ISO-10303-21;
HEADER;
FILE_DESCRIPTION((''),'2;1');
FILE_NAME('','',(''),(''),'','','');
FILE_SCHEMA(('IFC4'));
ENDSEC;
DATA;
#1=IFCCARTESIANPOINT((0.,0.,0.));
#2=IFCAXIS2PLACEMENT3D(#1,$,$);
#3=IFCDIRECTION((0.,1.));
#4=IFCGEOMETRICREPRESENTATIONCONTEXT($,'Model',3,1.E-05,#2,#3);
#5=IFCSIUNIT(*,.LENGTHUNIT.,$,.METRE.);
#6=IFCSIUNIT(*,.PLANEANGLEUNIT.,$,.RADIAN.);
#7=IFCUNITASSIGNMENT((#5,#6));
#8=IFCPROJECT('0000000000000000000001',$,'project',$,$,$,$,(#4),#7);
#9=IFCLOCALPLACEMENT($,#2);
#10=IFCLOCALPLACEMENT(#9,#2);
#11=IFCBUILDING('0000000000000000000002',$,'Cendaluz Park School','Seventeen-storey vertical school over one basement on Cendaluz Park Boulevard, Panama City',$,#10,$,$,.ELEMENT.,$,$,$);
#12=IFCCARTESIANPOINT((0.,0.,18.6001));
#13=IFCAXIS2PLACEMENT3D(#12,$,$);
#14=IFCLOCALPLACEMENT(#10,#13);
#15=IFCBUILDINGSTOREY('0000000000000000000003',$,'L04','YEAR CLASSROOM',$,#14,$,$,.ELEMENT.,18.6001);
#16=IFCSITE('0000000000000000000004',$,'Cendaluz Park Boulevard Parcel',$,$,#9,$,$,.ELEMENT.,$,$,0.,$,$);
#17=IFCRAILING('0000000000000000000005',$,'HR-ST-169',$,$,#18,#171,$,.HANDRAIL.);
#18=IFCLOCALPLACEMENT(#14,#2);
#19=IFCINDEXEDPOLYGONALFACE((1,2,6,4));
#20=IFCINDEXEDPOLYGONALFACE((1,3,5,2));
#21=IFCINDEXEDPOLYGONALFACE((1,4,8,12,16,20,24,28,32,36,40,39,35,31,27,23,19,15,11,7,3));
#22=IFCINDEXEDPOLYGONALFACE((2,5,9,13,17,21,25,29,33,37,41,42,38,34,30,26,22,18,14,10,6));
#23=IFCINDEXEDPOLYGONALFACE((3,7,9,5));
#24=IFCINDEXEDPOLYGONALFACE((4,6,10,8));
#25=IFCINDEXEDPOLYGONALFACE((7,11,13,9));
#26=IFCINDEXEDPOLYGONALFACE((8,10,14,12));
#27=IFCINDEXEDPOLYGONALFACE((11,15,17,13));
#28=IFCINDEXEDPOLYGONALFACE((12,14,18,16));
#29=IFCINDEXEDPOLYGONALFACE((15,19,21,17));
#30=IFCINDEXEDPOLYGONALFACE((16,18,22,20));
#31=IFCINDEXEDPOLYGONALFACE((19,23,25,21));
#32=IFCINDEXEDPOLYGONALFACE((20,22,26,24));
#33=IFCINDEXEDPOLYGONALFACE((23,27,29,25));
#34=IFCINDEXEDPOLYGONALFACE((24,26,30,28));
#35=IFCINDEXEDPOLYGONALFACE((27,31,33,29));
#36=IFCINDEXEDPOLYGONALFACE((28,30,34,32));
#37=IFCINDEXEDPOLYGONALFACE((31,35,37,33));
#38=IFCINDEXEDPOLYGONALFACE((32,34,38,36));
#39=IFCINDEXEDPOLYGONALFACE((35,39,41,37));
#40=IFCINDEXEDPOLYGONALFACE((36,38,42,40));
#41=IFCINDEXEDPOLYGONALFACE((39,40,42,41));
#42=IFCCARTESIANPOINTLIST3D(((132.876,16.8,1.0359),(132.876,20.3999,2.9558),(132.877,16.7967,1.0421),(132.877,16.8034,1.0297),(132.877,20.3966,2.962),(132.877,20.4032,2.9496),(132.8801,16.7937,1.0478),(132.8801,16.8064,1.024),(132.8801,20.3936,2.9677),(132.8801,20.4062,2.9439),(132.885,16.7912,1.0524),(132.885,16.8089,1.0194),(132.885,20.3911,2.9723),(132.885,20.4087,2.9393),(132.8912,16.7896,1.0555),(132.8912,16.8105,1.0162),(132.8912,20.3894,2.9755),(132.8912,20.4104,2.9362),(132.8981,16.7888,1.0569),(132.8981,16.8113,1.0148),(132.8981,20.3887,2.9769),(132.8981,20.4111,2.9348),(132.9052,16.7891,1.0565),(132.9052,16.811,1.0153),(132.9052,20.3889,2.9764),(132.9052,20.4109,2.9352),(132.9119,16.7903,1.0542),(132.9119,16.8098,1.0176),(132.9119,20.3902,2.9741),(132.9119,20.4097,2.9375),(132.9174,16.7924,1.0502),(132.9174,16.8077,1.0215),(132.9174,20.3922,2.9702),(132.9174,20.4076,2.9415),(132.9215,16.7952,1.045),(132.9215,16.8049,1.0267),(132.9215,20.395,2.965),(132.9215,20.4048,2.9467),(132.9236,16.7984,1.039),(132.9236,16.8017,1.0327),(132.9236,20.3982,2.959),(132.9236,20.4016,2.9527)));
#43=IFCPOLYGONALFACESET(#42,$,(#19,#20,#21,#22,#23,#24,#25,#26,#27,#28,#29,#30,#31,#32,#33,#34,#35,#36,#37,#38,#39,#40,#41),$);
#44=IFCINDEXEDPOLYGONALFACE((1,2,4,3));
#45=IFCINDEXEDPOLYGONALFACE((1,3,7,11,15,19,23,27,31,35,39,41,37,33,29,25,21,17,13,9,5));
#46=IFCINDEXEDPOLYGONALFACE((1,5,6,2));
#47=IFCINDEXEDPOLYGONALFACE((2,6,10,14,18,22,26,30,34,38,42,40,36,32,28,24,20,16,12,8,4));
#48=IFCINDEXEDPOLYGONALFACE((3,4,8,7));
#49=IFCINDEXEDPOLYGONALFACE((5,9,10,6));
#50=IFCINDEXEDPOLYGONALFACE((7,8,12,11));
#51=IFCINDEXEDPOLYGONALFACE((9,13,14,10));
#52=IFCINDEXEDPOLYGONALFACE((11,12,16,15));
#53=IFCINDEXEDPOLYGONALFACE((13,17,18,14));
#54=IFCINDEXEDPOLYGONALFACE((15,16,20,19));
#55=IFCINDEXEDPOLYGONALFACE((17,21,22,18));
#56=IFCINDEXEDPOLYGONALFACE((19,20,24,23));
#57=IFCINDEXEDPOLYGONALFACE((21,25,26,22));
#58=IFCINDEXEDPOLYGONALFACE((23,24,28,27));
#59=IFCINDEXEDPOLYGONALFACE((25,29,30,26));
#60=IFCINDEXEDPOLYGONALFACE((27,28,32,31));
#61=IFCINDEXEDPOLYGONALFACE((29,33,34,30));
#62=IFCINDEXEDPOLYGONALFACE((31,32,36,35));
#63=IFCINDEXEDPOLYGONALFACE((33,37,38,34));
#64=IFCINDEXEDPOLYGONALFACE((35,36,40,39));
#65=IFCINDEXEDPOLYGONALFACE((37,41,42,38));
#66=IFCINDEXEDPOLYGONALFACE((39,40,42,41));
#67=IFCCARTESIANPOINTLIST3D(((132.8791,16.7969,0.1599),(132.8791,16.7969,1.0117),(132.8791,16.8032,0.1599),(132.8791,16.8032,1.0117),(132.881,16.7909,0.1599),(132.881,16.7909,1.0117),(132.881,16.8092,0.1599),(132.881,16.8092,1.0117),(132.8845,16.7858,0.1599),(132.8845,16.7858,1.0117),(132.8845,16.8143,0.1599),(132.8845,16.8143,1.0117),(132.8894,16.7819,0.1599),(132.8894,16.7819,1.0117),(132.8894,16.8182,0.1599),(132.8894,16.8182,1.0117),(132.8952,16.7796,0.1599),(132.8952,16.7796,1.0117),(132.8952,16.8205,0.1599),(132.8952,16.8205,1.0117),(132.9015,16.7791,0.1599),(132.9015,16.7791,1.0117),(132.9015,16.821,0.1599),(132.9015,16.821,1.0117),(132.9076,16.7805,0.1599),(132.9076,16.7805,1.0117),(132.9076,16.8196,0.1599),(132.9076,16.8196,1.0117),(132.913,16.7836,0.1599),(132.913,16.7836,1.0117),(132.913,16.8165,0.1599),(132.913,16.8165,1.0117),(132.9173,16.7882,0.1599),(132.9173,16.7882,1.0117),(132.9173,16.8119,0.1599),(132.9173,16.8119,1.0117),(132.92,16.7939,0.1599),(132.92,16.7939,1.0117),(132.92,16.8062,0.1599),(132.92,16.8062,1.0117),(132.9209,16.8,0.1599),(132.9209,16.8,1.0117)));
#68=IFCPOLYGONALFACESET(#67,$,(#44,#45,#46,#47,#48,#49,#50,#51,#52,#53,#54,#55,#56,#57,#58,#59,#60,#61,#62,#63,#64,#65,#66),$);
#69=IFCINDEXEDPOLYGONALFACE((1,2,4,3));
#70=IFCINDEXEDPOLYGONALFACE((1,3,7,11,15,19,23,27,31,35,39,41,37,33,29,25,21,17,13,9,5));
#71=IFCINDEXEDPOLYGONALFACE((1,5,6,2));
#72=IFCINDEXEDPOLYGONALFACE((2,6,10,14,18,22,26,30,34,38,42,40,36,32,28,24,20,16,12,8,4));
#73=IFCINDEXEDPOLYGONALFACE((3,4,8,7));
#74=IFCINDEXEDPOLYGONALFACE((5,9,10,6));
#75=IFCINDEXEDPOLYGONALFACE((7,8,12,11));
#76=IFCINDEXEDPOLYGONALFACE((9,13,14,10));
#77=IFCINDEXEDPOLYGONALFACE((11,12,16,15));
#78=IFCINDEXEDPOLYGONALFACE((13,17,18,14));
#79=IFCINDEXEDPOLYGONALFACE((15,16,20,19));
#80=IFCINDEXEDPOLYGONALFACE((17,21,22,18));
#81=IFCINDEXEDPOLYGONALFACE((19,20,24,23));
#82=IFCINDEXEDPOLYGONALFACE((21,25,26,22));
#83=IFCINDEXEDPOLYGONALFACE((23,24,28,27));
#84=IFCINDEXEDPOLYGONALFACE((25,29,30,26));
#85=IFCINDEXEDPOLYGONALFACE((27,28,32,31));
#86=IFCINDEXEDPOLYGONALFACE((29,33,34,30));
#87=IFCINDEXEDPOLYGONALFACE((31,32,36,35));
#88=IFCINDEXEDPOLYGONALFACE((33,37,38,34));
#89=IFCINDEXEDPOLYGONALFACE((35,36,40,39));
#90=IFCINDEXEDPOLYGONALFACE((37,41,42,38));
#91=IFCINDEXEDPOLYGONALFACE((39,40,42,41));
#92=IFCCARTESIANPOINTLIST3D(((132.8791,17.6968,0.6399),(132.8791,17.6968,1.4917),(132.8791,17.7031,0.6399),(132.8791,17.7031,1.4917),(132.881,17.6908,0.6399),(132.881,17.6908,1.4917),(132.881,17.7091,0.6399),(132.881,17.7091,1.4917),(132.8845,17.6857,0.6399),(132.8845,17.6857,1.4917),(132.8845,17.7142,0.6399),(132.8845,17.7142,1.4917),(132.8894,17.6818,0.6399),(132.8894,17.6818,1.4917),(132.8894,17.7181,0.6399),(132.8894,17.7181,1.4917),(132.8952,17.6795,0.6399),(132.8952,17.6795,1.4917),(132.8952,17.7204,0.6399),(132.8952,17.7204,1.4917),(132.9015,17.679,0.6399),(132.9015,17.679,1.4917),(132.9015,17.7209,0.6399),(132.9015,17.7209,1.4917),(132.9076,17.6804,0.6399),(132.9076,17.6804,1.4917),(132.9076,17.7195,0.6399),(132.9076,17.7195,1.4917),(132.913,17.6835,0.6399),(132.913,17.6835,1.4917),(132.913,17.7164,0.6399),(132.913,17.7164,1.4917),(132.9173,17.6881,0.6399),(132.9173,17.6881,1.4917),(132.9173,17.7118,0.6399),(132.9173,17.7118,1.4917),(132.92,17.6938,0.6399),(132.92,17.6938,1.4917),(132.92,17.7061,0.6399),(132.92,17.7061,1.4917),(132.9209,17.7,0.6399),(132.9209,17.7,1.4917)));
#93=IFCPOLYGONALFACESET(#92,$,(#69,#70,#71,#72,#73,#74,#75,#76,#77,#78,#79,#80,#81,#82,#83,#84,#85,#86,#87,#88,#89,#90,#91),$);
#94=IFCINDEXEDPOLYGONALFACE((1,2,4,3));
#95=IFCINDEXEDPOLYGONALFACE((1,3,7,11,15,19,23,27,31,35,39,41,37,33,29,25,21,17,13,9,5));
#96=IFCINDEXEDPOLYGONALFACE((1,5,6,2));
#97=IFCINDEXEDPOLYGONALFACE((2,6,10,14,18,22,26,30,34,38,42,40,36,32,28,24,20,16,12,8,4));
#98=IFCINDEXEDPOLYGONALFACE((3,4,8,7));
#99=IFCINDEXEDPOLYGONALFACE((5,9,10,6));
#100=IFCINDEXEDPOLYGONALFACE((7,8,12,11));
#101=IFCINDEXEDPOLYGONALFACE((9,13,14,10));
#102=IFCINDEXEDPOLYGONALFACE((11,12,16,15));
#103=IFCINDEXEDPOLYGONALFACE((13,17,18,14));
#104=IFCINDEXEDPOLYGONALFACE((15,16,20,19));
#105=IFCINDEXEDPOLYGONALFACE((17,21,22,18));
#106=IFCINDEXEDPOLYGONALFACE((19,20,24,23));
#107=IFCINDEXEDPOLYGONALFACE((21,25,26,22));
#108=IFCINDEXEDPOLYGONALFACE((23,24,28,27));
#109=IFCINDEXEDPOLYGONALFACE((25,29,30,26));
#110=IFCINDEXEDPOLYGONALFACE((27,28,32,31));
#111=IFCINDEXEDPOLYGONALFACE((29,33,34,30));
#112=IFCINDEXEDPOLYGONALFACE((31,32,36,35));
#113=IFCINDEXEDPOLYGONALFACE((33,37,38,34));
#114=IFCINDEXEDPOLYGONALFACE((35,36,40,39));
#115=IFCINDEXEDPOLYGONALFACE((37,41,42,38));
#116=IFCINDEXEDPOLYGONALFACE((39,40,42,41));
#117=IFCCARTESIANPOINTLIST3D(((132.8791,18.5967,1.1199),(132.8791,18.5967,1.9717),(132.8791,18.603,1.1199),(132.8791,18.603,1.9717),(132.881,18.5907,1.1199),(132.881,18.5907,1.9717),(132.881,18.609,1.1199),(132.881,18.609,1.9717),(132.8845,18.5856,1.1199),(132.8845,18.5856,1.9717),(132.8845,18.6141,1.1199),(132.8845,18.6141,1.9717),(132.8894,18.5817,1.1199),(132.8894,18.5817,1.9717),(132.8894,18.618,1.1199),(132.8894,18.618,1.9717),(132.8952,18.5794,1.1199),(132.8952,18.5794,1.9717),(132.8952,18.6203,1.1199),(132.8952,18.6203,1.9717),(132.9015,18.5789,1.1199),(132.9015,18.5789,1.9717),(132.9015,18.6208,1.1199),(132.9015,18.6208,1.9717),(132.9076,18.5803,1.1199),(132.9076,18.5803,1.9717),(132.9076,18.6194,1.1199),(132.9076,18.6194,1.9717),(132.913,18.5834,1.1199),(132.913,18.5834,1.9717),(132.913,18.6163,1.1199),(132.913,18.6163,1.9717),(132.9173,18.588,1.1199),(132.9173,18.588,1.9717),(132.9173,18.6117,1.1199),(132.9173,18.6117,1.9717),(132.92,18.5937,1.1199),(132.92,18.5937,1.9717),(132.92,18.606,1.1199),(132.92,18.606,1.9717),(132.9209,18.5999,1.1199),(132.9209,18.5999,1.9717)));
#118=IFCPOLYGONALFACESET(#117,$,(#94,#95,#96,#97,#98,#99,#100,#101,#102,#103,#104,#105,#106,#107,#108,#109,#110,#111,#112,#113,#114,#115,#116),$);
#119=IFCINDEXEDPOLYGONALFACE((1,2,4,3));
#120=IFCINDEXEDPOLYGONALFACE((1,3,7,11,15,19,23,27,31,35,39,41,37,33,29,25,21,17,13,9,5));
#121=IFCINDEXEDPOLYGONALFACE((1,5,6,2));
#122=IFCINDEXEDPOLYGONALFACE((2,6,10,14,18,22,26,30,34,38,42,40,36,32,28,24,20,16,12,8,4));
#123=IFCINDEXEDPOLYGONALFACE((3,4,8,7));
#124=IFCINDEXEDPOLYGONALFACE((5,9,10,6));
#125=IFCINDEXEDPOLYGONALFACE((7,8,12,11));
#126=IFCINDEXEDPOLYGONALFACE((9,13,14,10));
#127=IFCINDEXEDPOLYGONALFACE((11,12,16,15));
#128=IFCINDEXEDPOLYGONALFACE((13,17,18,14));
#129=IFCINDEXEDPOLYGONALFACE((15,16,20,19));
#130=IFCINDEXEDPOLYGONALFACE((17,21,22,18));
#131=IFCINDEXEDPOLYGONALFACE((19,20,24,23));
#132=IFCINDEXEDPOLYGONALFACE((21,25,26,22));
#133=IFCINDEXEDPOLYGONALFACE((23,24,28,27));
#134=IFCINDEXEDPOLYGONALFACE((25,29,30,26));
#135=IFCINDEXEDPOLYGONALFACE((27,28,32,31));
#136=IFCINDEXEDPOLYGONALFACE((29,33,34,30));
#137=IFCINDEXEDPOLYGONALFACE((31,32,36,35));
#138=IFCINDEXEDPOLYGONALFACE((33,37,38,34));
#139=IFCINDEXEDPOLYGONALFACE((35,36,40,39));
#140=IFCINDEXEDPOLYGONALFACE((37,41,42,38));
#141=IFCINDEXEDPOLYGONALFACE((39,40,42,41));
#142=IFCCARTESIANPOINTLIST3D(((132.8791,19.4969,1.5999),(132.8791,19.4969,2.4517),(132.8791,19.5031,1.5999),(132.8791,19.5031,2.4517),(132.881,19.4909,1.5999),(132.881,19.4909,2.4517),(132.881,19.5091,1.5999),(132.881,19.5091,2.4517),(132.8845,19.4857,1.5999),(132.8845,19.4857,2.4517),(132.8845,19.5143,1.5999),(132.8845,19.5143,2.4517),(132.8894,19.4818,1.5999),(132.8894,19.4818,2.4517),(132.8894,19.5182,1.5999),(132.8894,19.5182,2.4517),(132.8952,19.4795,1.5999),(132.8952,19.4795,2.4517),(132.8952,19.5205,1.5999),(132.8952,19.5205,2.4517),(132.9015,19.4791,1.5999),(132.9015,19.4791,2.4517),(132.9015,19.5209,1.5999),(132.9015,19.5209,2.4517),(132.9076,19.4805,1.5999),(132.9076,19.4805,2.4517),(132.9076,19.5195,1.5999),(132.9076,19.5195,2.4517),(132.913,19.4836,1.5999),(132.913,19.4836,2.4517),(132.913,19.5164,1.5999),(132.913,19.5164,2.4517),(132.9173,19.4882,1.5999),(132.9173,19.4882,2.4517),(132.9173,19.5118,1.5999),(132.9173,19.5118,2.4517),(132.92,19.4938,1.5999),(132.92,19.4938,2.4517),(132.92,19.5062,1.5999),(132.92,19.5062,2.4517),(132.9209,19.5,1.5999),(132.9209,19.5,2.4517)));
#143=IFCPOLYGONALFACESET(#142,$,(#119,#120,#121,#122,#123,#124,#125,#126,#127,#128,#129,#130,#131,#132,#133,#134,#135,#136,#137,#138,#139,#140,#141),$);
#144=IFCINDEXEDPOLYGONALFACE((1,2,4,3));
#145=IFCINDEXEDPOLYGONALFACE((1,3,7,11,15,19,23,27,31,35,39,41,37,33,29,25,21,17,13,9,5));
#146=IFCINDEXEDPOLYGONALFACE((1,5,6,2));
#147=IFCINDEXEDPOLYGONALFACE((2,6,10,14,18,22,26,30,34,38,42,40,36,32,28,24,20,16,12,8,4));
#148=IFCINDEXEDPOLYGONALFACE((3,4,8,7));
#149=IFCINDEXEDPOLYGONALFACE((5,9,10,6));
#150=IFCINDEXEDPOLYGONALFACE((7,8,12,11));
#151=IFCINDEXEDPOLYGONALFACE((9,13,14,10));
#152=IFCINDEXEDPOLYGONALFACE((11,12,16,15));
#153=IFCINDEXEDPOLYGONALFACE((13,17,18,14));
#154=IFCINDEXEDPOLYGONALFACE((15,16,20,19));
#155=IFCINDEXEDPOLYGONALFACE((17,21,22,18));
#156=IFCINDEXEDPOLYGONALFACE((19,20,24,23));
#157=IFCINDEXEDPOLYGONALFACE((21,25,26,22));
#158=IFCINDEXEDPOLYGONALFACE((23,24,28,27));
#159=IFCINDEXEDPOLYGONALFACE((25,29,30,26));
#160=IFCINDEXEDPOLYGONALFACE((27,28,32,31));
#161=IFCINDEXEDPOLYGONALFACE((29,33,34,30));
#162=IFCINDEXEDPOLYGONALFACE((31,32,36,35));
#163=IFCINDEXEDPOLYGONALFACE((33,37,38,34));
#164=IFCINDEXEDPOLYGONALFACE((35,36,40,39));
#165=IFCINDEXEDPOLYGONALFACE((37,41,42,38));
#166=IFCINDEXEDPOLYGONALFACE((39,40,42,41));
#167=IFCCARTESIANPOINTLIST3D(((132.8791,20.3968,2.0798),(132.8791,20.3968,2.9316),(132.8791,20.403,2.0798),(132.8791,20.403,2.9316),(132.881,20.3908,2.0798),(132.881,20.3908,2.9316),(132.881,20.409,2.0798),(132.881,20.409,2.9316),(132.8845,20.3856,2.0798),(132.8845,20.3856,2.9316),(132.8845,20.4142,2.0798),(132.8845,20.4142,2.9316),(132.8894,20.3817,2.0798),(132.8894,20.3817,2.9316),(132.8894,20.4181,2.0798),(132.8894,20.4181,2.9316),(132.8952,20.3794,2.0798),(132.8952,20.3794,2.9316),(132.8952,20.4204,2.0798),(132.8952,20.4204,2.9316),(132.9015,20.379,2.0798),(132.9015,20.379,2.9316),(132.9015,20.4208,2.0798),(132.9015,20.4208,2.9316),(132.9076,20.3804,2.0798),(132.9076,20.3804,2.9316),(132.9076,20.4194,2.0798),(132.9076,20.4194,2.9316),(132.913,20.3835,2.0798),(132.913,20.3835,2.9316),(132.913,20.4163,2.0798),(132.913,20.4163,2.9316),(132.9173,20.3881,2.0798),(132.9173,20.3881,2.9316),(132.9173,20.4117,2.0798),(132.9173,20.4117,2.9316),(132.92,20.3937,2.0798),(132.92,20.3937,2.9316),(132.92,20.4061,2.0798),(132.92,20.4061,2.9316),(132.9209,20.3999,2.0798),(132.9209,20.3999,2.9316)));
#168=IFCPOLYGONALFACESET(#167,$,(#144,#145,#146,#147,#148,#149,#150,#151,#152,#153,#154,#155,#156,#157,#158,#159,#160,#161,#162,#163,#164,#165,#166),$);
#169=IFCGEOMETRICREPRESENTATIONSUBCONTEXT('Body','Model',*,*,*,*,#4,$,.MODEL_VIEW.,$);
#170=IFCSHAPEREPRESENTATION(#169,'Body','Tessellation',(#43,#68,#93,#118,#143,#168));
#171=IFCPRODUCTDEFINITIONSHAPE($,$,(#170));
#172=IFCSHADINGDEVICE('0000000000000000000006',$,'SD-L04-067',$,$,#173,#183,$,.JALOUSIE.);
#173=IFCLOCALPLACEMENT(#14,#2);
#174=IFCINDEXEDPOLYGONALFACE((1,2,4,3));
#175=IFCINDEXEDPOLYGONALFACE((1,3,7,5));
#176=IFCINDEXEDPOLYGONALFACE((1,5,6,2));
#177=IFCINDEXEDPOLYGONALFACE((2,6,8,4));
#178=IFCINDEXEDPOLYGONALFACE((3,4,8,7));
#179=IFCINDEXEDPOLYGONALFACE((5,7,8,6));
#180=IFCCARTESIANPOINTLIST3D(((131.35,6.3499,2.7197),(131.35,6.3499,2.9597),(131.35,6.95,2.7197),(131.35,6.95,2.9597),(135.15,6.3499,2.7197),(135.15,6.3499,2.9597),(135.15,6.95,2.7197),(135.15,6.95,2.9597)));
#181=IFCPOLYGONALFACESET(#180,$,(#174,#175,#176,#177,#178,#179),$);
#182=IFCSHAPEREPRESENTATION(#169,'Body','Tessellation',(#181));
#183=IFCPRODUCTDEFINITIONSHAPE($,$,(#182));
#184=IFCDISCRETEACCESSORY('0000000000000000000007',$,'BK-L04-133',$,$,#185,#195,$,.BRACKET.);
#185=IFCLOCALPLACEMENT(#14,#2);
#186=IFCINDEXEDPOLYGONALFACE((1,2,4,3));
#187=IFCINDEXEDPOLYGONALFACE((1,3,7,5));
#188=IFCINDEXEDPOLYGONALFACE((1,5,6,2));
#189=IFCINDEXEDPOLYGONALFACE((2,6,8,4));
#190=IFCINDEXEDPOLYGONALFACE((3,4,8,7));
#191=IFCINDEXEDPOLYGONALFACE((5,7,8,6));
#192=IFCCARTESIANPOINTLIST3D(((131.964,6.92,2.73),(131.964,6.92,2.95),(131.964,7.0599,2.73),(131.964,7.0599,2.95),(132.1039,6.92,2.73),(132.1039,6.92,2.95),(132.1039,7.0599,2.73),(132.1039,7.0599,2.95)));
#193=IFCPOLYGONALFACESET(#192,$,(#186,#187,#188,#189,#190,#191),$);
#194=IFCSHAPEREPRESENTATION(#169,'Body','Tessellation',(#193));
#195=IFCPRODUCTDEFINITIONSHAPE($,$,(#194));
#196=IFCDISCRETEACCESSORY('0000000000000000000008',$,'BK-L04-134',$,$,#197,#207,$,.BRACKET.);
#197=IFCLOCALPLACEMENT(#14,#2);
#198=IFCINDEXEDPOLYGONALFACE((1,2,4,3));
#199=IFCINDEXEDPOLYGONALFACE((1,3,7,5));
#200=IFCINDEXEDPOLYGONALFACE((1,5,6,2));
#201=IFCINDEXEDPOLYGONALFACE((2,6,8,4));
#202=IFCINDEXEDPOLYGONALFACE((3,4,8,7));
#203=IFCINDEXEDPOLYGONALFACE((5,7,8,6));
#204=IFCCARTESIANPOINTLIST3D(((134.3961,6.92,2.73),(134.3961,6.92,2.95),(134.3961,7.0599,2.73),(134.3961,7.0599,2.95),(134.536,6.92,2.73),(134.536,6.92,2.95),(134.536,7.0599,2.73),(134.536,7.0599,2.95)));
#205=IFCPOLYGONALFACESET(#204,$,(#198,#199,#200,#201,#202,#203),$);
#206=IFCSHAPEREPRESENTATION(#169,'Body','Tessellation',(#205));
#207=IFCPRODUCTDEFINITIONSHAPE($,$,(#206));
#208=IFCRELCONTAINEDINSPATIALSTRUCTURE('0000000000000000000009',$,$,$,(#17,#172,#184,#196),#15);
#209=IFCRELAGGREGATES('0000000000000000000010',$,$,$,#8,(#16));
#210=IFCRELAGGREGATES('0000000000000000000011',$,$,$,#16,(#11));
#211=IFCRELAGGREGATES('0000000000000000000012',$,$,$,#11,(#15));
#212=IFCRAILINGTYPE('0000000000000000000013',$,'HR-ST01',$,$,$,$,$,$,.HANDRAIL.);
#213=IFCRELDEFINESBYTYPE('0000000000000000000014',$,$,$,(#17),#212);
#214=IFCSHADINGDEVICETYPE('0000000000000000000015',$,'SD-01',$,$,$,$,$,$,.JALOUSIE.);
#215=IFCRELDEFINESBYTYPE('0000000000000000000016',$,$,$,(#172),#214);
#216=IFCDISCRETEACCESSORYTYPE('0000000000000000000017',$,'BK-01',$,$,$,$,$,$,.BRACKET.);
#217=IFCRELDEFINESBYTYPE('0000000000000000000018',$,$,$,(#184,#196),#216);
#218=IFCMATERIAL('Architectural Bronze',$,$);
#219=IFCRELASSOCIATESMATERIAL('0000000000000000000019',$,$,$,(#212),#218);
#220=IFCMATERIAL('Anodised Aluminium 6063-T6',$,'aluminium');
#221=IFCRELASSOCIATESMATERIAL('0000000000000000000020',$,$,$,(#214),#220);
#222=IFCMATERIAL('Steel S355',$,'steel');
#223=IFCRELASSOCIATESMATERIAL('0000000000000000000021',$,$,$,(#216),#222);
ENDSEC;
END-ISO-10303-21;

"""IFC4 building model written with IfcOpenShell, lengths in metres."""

from ifc_helpers import new_model, si_unit, direction, frame, origin, origin_2d, place, context, subcontext, project, spatial, rectangle, circle, extrude, material, type_object, element, save


model = new_model("IFC4")

# Units and contexts
model_context = context("Model", 3, precision=1e-05, world=origin(), true_north=direction((0.0, 1.0)))
body_context = subcontext(model_context, "Body", "Model", "MODEL_VIEW")
ifc_project = project(units=[si_unit("LENGTHUNIT", "METRE"), si_unit("PLANEANGLEUNIT", "RADIAN")], contexts=[model_context])

# Site, building, storey
site_placement = place(None, origin())
site = spatial("IfcSite", under=ifc_project, at=site_placement, Name="Cendaluz Park Boulevard Parcel", CompositionType="ELEMENT", RefElevation=0.0)
building_placement = place(site_placement, origin())
building = spatial("IfcBuilding", under=site, at=building_placement, Name="Cendaluz Park School", Description="Seventeen-storey vertical school over one basement on Cendaluz Park Boulevard, Panama City", CompositionType="ELEMENT")
storey_placement = place(building_placement, frame((0.0, 0.0, 18.6001)))
storey = spatial("IfcBuildingStorey", under=building, at=storey_placement, Name="L04", Description="YEAR CLASSROOM", CompositionType="ELEMENT", Elevation=18.6001)

# Railing
ifc_material_1 = material(Name="Architectural Bronze")
railing_type_1 = type_object("IfcRailingType", Name="HR-ST01", PredefinedType="HANDRAIL", material=ifc_material_1)
railing_1_placement = place(storey_placement, frame((132.8999, 16.8, 0.1599)))
element("IfcRailing", 1, at=railing_1_placement, inside=storey, type_object=railing_type_1, Name="HR-ST-169", PredefinedType="HANDRAIL", context=body_context, shape_type="SweptSolid", body=[
    extrude(circle(Radius=0.0239, at=origin_2d()), frame((0.0, 0.0, 0.876), z_axis=(0.0, 0.882353, 0.470588), x_axis=(-1.0, 0.0, 0.0)), (0.0, 0.0, 1.0), 4.0798),
    extrude(circle(Radius=0.021, at=origin_2d()), origin(), (0.0, 0.0, 1.0), 0.8518),
    extrude(circle(Radius=0.021, at=origin_2d()), frame((0.0, 0.8999, 0.48)), (0.0, 0.0, 1.0), 0.8518),
    extrude(circle(Radius=0.021, at=origin_2d()), frame((0.0, 1.7998, 0.96)), (0.0, 0.0, 1.0), 0.8518),
    extrude(circle(Radius=0.021, at=origin_2d()), frame((0.0, 2.7, 1.4399)), (0.0, 0.0, 1.0), 0.8518),
    extrude(circle(Radius=0.021, at=origin_2d()), frame((0.0, 3.5999, 1.9199)), (0.0, 0.0, 1.0), 0.8518),
])

# Shading device
ifc_material_2 = material(Name="Anodised Aluminium 6063-T6", Category="aluminium")
shading_device_type = type_object("IfcShadingDeviceType", Name="SD-01", PredefinedType="JALOUSIE", material=ifc_material_2)
shading_device_placement = place(storey_placement, frame((133.25, 6.6499, 2.7197), z_axis=(0.0, 0.0, 1.0), x_axis=(1.0, 0.0, 0.0)))
element("IfcShadingDevice", 2, at=shading_device_placement, inside=storey, type_object=shading_device_type, Name="SD-L04-067", PredefinedType="JALOUSIE", context=body_context, shape_type="SweptSolid", body=[
    extrude(rectangle(XDim=3.8, YDim=0.6001, at=origin_2d()), origin(), (0.0, 0.0, 1.0), 0.24),
])

# Discrete accessories
ifc_material_3 = material(Name="Steel S355", Category="steel")
discrete_accessory_type = type_object("IfcDiscreteAccessoryType", Name="BK-01", PredefinedType="BRACKET", material=ifc_material_3)
for number, where, z_axis, x_axis, name in (
    (3, (132.0339, 6.99, 2.73), (0.0, 0.0, 1.0), (1.0, 0.0, 0.0), "BK-L04-133"),
    (4, (134.4661, 6.99, 2.73), (0.0, 0.0, 1.0), (1.0, 0.0, 0.0), "BK-L04-134"),
):
    element("IfcDiscreteAccessory", number, at=place(storey_placement, frame(where, z_axis=z_axis, x_axis=x_axis)), inside=storey, type_object=discrete_accessory_type, Name=name, PredefinedType="BRACKET", context=body_context, shape_type="SweptSolid", body=[
        extrude(rectangle(XDim=0.1399, YDim=0.1399, at=origin_2d()), origin(), (0.0, 0.0, 1.0), 0.22),
    ])

save(model, "model.ifc")
